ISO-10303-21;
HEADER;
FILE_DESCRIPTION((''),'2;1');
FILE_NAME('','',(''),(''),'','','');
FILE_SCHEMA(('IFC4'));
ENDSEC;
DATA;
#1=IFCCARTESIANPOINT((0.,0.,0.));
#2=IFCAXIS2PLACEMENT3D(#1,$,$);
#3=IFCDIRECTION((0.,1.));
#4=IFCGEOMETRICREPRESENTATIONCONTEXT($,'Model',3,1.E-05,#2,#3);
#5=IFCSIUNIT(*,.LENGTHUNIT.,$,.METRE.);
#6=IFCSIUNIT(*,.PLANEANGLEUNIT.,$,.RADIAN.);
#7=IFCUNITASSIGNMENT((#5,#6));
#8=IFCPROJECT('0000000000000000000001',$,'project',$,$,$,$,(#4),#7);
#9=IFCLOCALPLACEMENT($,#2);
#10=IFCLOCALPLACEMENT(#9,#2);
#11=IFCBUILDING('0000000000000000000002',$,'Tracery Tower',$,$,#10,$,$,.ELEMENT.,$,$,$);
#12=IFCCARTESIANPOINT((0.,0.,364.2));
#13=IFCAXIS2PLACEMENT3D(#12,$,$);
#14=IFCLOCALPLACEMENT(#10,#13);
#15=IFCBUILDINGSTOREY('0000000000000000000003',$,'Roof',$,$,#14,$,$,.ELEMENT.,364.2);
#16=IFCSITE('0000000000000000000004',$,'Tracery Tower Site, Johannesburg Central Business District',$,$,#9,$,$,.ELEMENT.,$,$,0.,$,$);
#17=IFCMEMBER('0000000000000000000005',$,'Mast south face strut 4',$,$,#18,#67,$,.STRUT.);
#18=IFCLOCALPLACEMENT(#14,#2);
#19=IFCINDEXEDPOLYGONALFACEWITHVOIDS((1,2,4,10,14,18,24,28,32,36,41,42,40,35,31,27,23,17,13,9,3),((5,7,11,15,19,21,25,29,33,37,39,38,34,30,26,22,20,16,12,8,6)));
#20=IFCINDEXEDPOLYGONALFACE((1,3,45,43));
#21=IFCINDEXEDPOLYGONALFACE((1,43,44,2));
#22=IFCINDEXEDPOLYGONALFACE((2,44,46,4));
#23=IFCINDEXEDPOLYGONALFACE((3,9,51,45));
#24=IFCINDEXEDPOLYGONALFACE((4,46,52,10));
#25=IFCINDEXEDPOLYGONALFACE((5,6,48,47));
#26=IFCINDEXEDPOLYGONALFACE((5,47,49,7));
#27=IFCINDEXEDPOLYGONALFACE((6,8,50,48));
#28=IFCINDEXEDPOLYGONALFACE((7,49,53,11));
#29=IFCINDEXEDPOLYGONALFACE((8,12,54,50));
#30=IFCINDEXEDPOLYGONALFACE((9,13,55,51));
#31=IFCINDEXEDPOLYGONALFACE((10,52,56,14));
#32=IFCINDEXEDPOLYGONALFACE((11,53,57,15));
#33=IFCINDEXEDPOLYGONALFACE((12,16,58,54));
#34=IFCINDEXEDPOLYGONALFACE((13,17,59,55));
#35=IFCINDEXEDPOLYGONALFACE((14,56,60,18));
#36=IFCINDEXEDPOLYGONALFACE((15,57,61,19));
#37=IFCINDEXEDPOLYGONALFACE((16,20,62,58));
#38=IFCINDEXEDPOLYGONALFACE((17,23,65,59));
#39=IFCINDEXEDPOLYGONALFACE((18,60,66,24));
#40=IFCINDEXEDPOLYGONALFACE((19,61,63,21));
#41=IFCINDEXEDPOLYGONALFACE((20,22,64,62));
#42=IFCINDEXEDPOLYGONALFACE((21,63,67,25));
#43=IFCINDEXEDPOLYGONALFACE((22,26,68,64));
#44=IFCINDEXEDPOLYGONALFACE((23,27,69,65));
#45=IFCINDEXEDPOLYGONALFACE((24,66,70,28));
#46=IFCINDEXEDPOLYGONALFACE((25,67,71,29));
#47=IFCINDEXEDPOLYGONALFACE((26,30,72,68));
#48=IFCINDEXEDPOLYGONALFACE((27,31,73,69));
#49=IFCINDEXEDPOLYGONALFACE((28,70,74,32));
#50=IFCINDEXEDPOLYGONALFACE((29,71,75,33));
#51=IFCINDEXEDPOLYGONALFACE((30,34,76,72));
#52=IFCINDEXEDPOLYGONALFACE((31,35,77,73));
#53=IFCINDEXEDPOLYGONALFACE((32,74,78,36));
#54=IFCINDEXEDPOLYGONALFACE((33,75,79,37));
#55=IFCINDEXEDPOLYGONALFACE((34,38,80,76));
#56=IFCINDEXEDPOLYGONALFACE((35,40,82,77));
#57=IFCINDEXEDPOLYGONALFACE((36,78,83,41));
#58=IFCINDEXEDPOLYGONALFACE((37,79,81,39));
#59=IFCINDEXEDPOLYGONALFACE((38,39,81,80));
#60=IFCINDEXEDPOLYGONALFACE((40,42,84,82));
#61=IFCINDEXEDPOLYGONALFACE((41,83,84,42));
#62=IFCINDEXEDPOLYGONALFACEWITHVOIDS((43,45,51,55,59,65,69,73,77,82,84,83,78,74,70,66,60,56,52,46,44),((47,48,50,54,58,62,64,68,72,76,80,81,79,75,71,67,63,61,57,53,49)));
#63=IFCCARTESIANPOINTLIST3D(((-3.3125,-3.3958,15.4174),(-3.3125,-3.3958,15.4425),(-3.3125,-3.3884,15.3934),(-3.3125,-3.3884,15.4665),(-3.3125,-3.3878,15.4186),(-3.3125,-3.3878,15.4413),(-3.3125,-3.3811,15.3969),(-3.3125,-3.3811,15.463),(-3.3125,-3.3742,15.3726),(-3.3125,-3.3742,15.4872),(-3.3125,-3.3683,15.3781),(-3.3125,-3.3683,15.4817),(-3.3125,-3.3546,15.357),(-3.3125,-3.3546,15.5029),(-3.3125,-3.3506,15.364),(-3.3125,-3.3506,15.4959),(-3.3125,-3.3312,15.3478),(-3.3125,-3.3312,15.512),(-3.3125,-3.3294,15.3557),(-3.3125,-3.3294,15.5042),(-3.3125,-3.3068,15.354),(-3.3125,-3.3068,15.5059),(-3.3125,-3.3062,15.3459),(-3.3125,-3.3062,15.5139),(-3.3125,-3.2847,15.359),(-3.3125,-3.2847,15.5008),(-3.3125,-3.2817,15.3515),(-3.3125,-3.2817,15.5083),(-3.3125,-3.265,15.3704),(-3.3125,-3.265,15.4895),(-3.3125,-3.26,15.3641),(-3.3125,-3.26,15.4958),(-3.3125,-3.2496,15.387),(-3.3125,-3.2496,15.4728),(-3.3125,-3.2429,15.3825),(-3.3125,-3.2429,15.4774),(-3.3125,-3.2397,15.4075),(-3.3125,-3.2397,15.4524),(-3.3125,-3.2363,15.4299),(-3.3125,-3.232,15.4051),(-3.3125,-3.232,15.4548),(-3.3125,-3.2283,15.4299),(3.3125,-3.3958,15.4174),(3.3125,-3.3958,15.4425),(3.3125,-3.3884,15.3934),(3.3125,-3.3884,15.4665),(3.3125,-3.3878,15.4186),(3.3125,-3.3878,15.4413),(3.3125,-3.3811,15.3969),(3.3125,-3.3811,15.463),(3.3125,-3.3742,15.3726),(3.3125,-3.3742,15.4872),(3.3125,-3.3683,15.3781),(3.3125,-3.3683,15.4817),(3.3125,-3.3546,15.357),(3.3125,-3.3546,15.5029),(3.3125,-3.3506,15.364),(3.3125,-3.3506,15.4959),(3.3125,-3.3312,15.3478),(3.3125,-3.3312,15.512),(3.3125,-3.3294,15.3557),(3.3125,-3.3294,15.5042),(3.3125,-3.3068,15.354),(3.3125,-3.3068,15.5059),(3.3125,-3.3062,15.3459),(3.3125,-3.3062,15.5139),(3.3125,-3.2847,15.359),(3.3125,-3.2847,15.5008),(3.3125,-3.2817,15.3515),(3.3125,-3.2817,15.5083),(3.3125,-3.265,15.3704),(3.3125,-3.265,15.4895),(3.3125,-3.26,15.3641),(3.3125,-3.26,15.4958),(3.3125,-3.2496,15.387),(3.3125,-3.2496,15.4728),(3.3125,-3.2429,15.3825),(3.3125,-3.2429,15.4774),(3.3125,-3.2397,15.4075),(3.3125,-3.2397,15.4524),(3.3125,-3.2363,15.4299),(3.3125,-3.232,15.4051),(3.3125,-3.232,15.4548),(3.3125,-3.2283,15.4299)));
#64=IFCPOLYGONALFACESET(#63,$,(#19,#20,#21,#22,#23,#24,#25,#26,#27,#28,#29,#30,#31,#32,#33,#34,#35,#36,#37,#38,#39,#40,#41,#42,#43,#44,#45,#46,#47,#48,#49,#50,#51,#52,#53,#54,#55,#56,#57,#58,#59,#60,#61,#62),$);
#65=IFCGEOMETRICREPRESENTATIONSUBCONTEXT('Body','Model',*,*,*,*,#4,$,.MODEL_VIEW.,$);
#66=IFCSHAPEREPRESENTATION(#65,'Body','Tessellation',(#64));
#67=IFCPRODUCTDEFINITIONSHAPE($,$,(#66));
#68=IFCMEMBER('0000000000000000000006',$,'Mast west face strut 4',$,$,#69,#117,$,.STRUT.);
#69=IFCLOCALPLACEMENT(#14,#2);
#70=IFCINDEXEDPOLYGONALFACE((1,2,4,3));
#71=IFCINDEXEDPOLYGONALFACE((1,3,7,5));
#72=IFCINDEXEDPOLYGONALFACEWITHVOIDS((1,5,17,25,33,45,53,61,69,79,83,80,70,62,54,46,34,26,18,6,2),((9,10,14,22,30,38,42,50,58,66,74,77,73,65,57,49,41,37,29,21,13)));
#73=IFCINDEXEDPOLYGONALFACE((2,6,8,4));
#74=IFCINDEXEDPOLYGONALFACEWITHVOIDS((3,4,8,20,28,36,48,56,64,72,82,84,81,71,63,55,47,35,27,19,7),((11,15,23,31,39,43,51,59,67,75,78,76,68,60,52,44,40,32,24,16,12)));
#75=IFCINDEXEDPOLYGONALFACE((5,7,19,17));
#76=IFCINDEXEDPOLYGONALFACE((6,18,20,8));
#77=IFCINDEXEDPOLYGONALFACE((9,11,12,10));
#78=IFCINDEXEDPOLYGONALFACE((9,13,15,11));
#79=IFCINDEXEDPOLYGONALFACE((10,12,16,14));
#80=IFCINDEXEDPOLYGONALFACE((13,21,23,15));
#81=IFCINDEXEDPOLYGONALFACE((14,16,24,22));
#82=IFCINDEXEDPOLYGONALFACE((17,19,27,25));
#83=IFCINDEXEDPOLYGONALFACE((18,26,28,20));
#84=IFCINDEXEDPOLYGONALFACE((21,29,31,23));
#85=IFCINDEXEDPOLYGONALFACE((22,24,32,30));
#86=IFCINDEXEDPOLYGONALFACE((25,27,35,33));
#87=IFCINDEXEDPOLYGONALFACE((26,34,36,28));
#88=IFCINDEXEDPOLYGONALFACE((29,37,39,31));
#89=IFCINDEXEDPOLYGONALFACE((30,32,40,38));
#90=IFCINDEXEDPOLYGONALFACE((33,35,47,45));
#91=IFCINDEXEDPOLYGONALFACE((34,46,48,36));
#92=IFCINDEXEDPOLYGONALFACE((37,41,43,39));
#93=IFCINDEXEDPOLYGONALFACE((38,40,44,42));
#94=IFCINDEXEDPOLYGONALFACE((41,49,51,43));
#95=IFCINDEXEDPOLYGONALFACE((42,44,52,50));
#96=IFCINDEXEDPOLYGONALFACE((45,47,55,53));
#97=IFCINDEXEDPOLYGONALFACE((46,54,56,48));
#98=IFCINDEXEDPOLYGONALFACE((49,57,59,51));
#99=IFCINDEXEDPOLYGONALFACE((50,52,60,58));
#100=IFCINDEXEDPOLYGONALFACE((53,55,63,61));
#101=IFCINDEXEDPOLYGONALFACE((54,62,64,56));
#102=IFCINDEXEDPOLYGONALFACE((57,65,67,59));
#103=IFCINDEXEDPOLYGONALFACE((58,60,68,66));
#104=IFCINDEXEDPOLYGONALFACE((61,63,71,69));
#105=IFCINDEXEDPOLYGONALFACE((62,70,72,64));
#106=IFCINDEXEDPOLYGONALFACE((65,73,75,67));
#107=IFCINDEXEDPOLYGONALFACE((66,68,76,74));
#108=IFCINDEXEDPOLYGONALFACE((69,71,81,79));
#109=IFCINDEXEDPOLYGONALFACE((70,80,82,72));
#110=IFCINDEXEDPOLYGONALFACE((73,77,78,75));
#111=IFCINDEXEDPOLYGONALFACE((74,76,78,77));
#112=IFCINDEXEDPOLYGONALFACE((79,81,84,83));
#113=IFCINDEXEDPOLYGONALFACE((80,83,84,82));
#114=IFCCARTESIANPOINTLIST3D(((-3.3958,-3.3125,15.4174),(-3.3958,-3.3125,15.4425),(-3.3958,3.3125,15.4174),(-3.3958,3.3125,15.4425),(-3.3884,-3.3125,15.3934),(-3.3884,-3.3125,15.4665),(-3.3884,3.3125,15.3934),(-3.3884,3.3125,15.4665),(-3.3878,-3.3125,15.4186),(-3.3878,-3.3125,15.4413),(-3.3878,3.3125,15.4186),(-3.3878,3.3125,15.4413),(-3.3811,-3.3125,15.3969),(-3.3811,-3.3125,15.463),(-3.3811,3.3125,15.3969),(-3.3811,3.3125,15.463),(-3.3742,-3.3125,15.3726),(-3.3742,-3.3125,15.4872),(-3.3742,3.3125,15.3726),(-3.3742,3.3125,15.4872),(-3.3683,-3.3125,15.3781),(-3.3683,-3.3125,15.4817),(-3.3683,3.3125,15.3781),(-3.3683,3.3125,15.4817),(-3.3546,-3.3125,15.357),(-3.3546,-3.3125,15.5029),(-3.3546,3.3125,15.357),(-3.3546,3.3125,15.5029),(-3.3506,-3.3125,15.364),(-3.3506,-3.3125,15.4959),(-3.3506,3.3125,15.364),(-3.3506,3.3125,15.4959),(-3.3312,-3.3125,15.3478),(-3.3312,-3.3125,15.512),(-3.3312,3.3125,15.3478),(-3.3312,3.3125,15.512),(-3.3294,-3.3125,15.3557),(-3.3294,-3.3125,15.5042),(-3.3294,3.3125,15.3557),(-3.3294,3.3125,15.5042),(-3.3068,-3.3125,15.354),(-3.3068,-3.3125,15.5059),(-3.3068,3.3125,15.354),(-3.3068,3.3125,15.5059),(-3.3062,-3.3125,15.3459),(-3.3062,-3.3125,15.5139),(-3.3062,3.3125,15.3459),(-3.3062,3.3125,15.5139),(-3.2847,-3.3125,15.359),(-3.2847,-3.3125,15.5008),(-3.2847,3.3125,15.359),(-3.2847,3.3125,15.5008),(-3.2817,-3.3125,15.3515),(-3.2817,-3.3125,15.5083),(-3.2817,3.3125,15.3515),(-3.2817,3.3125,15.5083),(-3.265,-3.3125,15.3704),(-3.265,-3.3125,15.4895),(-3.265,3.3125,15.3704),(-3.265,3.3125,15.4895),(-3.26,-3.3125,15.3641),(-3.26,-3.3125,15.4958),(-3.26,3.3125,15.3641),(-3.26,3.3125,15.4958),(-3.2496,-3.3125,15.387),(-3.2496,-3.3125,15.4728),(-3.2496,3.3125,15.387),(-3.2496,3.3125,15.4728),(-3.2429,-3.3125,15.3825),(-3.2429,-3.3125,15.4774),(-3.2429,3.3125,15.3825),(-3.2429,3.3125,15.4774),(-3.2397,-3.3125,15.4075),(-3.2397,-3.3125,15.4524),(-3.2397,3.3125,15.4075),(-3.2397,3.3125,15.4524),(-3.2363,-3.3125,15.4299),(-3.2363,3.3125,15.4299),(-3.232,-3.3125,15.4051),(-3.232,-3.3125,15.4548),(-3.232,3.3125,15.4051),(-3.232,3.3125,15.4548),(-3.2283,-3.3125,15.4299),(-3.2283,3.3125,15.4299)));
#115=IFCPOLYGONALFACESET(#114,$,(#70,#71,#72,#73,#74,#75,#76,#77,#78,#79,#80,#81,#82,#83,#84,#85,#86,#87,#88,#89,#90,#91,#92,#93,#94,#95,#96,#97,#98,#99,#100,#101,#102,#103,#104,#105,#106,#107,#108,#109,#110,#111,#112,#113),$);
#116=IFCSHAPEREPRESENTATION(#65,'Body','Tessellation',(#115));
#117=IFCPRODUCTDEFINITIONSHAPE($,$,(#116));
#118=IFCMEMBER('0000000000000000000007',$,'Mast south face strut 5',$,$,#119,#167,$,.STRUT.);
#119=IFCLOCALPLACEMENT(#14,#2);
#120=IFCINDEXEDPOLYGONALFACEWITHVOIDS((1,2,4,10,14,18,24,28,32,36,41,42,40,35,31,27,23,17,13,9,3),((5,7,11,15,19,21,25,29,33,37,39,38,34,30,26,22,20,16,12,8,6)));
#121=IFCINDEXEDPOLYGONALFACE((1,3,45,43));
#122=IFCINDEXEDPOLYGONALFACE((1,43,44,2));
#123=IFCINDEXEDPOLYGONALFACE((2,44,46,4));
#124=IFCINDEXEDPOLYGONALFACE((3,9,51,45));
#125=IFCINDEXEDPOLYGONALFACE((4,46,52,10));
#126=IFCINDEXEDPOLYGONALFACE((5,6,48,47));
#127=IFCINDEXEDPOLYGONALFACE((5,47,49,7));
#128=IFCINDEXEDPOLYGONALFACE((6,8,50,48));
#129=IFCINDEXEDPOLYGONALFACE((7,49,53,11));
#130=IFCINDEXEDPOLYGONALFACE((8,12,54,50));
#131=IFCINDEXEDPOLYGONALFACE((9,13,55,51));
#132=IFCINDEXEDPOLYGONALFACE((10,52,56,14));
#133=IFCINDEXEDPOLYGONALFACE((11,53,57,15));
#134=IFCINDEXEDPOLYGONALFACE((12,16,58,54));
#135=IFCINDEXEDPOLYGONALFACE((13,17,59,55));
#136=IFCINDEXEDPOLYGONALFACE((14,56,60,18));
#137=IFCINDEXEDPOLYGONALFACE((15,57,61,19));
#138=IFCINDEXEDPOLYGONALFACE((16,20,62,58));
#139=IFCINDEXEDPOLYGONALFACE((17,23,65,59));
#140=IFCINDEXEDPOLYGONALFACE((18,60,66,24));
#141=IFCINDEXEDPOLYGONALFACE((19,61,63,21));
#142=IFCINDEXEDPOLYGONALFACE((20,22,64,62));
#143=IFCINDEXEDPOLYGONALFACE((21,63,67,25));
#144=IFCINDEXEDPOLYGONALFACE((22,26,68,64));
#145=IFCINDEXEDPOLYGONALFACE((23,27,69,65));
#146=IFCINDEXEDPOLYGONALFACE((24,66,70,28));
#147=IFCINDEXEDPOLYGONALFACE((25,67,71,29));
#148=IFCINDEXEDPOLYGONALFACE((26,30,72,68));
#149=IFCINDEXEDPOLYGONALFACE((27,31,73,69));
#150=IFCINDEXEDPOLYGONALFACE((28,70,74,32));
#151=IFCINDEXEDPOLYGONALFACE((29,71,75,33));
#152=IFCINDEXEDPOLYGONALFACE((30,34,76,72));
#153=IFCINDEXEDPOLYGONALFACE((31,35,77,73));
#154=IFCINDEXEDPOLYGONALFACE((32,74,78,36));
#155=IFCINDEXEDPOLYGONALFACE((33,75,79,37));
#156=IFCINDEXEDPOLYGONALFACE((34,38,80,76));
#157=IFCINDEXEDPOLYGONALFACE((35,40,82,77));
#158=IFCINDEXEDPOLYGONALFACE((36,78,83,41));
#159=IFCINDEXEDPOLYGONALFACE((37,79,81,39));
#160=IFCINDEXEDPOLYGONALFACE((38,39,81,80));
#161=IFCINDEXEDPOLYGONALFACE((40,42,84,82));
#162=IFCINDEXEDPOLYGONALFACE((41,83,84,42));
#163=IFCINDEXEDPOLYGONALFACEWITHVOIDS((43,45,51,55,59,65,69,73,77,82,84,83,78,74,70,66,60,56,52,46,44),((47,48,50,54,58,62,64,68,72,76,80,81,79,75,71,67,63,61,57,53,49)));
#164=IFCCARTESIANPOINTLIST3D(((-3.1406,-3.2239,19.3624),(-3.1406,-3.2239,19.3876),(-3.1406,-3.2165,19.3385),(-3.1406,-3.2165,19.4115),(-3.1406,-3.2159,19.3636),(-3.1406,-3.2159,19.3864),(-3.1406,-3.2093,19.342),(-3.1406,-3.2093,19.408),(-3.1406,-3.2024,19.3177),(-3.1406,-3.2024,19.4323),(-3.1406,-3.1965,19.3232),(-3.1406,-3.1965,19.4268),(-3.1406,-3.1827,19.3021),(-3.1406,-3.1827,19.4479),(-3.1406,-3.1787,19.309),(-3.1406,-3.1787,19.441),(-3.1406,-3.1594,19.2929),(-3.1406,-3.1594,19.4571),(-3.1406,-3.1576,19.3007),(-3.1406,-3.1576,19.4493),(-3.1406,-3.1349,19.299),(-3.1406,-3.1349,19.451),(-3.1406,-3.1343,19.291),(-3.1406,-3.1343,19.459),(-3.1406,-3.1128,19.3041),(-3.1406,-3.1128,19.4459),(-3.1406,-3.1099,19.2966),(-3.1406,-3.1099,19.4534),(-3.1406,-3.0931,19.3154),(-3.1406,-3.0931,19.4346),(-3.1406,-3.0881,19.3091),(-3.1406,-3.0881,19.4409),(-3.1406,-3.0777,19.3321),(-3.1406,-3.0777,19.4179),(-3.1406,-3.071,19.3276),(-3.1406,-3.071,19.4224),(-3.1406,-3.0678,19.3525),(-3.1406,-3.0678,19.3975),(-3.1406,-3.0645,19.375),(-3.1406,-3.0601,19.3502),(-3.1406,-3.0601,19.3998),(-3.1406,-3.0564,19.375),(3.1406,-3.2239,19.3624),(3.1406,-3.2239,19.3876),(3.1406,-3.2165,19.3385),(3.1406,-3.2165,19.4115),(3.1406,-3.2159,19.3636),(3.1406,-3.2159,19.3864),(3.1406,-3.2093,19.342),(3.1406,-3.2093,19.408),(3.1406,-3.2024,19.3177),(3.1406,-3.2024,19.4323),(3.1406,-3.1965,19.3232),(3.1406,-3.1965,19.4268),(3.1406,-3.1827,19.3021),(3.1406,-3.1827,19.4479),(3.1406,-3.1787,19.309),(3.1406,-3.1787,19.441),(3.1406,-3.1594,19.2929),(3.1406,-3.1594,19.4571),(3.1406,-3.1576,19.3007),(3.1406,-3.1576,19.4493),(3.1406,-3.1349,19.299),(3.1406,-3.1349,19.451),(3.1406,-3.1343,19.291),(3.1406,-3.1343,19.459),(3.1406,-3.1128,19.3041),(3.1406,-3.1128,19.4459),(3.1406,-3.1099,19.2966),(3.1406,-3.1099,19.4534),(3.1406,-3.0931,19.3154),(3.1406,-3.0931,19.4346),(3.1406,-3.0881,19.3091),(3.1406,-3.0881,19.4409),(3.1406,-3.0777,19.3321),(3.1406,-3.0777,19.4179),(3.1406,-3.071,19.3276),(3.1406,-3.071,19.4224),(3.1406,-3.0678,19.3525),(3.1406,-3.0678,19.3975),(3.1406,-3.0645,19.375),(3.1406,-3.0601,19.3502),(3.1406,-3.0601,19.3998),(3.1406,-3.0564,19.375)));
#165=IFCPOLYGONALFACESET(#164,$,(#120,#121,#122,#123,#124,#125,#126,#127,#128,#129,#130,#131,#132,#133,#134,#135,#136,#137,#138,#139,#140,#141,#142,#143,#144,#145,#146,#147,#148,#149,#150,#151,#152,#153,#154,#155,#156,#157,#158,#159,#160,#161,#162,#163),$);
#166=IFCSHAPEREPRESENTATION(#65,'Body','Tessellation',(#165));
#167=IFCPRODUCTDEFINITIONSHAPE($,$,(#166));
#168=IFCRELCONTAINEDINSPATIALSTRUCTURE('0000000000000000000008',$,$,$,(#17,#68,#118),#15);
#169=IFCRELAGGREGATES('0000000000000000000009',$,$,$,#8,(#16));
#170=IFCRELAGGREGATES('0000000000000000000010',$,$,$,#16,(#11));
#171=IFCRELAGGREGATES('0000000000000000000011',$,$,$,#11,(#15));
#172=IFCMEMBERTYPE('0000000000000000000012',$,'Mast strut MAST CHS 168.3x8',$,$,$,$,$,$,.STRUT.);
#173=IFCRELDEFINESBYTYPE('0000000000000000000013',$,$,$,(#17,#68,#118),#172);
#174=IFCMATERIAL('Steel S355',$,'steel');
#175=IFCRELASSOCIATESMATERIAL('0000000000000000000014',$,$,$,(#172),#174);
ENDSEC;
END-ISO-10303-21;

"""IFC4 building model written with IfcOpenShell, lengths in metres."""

from ifc_helpers import new_model, si_unit, direction, frame, origin, origin_2d, place, context, subcontext, project, spatial, hollow_circle, extrude, material, material_profile, profile_set, type_object, element, save


model = new_model("IFC4")

# Units and contexts
model_context = context("Model", 3, precision=1e-05, world=origin(), true_north=direction((0.0, 1.0)))
body_context = subcontext(model_context, "Body", "Model", "MODEL_VIEW")
ifc_project = project(units=[si_unit("LENGTHUNIT", "METRE"), si_unit("PLANEANGLEUNIT", "RADIAN")], contexts=[model_context])

# Site, building, storey
site_placement = place(None, origin())
site = spatial("IfcSite", under=ifc_project, at=site_placement, Name="Tracery Tower Site, Johannesburg Central Business District", CompositionType="ELEMENT", RefElevation=0.0)
building_placement = place(site_placement, origin())
building = spatial("IfcBuilding", under=site, at=building_placement, Name="Tracery Tower", CompositionType="ELEMENT")
storey_placement = place(building_placement, frame((0.0, 0.0, 364.2)))
storey = spatial("IfcBuildingStorey", under=building, at=storey_placement, Name="Roof", CompositionType="ELEMENT", Elevation=364.2)

# Members
ifc_material_1 = material(Name="Steel S355", Category="steel")
ifc_material_profile_1 = material_profile(ifc_material_1, hollow_circle(Radius=0.0842, WallThickness=0.0081, at=origin_2d()), Name="CHS 168.3x8")
ifc_profile_set_1 = profile_set([ifc_material_profile_1], Name="Steel S355")
member_type_1 = type_object("IfcMemberType", Name="Mast strut MAST CHS 168.3x8", PredefinedType="STRUT", material=ifc_profile_set_1)
for number, where, z_axis, x_axis, name in (
    (1, (-3.3125, -3.3125, 15.4299), (1.0, 0.0, 0.0), (0.0, 1.0, 0.0), "Mast south face strut 4"),
    (2, (-3.3125, 3.3125, 15.4299), (0.0, -1.0, 0.0), (1.0, 0.0, 0.0), "Mast west face strut 4"),
):
    element("IfcMember", number, at=place(storey_placement, frame(where, z_axis=z_axis, x_axis=x_axis)), inside=storey, type_object=member_type_1, Name=name, PredefinedType="STRUT", context=body_context, shape_type="SweptSolid", body=[
        extrude(hollow_circle(Radius=0.0842, WallThickness=0.0081, at=origin_2d()), origin(), (0.0, 0.0, 1.0), 6.625),
    ])
for number, where, z_axis, x_axis, name in (
    (3, (-3.1406, -3.1406, 19.375), (1.0, 0.0, 0.0), (0.0, 1.0, 0.0), "Mast south face strut 5"),
):
    element("IfcMember", number, at=place(storey_placement, frame(where, z_axis=z_axis, x_axis=x_axis)), inside=storey, type_object=member_type_1, Name=name, PredefinedType="STRUT", context=body_context, shape_type="SweptSolid", body=[
        extrude(hollow_circle(Radius=0.0842, WallThickness=0.0081, at=origin_2d()), origin(), (0.0, 0.0, 1.0), 6.2812),
    ])

save(model, "model.ifc")
